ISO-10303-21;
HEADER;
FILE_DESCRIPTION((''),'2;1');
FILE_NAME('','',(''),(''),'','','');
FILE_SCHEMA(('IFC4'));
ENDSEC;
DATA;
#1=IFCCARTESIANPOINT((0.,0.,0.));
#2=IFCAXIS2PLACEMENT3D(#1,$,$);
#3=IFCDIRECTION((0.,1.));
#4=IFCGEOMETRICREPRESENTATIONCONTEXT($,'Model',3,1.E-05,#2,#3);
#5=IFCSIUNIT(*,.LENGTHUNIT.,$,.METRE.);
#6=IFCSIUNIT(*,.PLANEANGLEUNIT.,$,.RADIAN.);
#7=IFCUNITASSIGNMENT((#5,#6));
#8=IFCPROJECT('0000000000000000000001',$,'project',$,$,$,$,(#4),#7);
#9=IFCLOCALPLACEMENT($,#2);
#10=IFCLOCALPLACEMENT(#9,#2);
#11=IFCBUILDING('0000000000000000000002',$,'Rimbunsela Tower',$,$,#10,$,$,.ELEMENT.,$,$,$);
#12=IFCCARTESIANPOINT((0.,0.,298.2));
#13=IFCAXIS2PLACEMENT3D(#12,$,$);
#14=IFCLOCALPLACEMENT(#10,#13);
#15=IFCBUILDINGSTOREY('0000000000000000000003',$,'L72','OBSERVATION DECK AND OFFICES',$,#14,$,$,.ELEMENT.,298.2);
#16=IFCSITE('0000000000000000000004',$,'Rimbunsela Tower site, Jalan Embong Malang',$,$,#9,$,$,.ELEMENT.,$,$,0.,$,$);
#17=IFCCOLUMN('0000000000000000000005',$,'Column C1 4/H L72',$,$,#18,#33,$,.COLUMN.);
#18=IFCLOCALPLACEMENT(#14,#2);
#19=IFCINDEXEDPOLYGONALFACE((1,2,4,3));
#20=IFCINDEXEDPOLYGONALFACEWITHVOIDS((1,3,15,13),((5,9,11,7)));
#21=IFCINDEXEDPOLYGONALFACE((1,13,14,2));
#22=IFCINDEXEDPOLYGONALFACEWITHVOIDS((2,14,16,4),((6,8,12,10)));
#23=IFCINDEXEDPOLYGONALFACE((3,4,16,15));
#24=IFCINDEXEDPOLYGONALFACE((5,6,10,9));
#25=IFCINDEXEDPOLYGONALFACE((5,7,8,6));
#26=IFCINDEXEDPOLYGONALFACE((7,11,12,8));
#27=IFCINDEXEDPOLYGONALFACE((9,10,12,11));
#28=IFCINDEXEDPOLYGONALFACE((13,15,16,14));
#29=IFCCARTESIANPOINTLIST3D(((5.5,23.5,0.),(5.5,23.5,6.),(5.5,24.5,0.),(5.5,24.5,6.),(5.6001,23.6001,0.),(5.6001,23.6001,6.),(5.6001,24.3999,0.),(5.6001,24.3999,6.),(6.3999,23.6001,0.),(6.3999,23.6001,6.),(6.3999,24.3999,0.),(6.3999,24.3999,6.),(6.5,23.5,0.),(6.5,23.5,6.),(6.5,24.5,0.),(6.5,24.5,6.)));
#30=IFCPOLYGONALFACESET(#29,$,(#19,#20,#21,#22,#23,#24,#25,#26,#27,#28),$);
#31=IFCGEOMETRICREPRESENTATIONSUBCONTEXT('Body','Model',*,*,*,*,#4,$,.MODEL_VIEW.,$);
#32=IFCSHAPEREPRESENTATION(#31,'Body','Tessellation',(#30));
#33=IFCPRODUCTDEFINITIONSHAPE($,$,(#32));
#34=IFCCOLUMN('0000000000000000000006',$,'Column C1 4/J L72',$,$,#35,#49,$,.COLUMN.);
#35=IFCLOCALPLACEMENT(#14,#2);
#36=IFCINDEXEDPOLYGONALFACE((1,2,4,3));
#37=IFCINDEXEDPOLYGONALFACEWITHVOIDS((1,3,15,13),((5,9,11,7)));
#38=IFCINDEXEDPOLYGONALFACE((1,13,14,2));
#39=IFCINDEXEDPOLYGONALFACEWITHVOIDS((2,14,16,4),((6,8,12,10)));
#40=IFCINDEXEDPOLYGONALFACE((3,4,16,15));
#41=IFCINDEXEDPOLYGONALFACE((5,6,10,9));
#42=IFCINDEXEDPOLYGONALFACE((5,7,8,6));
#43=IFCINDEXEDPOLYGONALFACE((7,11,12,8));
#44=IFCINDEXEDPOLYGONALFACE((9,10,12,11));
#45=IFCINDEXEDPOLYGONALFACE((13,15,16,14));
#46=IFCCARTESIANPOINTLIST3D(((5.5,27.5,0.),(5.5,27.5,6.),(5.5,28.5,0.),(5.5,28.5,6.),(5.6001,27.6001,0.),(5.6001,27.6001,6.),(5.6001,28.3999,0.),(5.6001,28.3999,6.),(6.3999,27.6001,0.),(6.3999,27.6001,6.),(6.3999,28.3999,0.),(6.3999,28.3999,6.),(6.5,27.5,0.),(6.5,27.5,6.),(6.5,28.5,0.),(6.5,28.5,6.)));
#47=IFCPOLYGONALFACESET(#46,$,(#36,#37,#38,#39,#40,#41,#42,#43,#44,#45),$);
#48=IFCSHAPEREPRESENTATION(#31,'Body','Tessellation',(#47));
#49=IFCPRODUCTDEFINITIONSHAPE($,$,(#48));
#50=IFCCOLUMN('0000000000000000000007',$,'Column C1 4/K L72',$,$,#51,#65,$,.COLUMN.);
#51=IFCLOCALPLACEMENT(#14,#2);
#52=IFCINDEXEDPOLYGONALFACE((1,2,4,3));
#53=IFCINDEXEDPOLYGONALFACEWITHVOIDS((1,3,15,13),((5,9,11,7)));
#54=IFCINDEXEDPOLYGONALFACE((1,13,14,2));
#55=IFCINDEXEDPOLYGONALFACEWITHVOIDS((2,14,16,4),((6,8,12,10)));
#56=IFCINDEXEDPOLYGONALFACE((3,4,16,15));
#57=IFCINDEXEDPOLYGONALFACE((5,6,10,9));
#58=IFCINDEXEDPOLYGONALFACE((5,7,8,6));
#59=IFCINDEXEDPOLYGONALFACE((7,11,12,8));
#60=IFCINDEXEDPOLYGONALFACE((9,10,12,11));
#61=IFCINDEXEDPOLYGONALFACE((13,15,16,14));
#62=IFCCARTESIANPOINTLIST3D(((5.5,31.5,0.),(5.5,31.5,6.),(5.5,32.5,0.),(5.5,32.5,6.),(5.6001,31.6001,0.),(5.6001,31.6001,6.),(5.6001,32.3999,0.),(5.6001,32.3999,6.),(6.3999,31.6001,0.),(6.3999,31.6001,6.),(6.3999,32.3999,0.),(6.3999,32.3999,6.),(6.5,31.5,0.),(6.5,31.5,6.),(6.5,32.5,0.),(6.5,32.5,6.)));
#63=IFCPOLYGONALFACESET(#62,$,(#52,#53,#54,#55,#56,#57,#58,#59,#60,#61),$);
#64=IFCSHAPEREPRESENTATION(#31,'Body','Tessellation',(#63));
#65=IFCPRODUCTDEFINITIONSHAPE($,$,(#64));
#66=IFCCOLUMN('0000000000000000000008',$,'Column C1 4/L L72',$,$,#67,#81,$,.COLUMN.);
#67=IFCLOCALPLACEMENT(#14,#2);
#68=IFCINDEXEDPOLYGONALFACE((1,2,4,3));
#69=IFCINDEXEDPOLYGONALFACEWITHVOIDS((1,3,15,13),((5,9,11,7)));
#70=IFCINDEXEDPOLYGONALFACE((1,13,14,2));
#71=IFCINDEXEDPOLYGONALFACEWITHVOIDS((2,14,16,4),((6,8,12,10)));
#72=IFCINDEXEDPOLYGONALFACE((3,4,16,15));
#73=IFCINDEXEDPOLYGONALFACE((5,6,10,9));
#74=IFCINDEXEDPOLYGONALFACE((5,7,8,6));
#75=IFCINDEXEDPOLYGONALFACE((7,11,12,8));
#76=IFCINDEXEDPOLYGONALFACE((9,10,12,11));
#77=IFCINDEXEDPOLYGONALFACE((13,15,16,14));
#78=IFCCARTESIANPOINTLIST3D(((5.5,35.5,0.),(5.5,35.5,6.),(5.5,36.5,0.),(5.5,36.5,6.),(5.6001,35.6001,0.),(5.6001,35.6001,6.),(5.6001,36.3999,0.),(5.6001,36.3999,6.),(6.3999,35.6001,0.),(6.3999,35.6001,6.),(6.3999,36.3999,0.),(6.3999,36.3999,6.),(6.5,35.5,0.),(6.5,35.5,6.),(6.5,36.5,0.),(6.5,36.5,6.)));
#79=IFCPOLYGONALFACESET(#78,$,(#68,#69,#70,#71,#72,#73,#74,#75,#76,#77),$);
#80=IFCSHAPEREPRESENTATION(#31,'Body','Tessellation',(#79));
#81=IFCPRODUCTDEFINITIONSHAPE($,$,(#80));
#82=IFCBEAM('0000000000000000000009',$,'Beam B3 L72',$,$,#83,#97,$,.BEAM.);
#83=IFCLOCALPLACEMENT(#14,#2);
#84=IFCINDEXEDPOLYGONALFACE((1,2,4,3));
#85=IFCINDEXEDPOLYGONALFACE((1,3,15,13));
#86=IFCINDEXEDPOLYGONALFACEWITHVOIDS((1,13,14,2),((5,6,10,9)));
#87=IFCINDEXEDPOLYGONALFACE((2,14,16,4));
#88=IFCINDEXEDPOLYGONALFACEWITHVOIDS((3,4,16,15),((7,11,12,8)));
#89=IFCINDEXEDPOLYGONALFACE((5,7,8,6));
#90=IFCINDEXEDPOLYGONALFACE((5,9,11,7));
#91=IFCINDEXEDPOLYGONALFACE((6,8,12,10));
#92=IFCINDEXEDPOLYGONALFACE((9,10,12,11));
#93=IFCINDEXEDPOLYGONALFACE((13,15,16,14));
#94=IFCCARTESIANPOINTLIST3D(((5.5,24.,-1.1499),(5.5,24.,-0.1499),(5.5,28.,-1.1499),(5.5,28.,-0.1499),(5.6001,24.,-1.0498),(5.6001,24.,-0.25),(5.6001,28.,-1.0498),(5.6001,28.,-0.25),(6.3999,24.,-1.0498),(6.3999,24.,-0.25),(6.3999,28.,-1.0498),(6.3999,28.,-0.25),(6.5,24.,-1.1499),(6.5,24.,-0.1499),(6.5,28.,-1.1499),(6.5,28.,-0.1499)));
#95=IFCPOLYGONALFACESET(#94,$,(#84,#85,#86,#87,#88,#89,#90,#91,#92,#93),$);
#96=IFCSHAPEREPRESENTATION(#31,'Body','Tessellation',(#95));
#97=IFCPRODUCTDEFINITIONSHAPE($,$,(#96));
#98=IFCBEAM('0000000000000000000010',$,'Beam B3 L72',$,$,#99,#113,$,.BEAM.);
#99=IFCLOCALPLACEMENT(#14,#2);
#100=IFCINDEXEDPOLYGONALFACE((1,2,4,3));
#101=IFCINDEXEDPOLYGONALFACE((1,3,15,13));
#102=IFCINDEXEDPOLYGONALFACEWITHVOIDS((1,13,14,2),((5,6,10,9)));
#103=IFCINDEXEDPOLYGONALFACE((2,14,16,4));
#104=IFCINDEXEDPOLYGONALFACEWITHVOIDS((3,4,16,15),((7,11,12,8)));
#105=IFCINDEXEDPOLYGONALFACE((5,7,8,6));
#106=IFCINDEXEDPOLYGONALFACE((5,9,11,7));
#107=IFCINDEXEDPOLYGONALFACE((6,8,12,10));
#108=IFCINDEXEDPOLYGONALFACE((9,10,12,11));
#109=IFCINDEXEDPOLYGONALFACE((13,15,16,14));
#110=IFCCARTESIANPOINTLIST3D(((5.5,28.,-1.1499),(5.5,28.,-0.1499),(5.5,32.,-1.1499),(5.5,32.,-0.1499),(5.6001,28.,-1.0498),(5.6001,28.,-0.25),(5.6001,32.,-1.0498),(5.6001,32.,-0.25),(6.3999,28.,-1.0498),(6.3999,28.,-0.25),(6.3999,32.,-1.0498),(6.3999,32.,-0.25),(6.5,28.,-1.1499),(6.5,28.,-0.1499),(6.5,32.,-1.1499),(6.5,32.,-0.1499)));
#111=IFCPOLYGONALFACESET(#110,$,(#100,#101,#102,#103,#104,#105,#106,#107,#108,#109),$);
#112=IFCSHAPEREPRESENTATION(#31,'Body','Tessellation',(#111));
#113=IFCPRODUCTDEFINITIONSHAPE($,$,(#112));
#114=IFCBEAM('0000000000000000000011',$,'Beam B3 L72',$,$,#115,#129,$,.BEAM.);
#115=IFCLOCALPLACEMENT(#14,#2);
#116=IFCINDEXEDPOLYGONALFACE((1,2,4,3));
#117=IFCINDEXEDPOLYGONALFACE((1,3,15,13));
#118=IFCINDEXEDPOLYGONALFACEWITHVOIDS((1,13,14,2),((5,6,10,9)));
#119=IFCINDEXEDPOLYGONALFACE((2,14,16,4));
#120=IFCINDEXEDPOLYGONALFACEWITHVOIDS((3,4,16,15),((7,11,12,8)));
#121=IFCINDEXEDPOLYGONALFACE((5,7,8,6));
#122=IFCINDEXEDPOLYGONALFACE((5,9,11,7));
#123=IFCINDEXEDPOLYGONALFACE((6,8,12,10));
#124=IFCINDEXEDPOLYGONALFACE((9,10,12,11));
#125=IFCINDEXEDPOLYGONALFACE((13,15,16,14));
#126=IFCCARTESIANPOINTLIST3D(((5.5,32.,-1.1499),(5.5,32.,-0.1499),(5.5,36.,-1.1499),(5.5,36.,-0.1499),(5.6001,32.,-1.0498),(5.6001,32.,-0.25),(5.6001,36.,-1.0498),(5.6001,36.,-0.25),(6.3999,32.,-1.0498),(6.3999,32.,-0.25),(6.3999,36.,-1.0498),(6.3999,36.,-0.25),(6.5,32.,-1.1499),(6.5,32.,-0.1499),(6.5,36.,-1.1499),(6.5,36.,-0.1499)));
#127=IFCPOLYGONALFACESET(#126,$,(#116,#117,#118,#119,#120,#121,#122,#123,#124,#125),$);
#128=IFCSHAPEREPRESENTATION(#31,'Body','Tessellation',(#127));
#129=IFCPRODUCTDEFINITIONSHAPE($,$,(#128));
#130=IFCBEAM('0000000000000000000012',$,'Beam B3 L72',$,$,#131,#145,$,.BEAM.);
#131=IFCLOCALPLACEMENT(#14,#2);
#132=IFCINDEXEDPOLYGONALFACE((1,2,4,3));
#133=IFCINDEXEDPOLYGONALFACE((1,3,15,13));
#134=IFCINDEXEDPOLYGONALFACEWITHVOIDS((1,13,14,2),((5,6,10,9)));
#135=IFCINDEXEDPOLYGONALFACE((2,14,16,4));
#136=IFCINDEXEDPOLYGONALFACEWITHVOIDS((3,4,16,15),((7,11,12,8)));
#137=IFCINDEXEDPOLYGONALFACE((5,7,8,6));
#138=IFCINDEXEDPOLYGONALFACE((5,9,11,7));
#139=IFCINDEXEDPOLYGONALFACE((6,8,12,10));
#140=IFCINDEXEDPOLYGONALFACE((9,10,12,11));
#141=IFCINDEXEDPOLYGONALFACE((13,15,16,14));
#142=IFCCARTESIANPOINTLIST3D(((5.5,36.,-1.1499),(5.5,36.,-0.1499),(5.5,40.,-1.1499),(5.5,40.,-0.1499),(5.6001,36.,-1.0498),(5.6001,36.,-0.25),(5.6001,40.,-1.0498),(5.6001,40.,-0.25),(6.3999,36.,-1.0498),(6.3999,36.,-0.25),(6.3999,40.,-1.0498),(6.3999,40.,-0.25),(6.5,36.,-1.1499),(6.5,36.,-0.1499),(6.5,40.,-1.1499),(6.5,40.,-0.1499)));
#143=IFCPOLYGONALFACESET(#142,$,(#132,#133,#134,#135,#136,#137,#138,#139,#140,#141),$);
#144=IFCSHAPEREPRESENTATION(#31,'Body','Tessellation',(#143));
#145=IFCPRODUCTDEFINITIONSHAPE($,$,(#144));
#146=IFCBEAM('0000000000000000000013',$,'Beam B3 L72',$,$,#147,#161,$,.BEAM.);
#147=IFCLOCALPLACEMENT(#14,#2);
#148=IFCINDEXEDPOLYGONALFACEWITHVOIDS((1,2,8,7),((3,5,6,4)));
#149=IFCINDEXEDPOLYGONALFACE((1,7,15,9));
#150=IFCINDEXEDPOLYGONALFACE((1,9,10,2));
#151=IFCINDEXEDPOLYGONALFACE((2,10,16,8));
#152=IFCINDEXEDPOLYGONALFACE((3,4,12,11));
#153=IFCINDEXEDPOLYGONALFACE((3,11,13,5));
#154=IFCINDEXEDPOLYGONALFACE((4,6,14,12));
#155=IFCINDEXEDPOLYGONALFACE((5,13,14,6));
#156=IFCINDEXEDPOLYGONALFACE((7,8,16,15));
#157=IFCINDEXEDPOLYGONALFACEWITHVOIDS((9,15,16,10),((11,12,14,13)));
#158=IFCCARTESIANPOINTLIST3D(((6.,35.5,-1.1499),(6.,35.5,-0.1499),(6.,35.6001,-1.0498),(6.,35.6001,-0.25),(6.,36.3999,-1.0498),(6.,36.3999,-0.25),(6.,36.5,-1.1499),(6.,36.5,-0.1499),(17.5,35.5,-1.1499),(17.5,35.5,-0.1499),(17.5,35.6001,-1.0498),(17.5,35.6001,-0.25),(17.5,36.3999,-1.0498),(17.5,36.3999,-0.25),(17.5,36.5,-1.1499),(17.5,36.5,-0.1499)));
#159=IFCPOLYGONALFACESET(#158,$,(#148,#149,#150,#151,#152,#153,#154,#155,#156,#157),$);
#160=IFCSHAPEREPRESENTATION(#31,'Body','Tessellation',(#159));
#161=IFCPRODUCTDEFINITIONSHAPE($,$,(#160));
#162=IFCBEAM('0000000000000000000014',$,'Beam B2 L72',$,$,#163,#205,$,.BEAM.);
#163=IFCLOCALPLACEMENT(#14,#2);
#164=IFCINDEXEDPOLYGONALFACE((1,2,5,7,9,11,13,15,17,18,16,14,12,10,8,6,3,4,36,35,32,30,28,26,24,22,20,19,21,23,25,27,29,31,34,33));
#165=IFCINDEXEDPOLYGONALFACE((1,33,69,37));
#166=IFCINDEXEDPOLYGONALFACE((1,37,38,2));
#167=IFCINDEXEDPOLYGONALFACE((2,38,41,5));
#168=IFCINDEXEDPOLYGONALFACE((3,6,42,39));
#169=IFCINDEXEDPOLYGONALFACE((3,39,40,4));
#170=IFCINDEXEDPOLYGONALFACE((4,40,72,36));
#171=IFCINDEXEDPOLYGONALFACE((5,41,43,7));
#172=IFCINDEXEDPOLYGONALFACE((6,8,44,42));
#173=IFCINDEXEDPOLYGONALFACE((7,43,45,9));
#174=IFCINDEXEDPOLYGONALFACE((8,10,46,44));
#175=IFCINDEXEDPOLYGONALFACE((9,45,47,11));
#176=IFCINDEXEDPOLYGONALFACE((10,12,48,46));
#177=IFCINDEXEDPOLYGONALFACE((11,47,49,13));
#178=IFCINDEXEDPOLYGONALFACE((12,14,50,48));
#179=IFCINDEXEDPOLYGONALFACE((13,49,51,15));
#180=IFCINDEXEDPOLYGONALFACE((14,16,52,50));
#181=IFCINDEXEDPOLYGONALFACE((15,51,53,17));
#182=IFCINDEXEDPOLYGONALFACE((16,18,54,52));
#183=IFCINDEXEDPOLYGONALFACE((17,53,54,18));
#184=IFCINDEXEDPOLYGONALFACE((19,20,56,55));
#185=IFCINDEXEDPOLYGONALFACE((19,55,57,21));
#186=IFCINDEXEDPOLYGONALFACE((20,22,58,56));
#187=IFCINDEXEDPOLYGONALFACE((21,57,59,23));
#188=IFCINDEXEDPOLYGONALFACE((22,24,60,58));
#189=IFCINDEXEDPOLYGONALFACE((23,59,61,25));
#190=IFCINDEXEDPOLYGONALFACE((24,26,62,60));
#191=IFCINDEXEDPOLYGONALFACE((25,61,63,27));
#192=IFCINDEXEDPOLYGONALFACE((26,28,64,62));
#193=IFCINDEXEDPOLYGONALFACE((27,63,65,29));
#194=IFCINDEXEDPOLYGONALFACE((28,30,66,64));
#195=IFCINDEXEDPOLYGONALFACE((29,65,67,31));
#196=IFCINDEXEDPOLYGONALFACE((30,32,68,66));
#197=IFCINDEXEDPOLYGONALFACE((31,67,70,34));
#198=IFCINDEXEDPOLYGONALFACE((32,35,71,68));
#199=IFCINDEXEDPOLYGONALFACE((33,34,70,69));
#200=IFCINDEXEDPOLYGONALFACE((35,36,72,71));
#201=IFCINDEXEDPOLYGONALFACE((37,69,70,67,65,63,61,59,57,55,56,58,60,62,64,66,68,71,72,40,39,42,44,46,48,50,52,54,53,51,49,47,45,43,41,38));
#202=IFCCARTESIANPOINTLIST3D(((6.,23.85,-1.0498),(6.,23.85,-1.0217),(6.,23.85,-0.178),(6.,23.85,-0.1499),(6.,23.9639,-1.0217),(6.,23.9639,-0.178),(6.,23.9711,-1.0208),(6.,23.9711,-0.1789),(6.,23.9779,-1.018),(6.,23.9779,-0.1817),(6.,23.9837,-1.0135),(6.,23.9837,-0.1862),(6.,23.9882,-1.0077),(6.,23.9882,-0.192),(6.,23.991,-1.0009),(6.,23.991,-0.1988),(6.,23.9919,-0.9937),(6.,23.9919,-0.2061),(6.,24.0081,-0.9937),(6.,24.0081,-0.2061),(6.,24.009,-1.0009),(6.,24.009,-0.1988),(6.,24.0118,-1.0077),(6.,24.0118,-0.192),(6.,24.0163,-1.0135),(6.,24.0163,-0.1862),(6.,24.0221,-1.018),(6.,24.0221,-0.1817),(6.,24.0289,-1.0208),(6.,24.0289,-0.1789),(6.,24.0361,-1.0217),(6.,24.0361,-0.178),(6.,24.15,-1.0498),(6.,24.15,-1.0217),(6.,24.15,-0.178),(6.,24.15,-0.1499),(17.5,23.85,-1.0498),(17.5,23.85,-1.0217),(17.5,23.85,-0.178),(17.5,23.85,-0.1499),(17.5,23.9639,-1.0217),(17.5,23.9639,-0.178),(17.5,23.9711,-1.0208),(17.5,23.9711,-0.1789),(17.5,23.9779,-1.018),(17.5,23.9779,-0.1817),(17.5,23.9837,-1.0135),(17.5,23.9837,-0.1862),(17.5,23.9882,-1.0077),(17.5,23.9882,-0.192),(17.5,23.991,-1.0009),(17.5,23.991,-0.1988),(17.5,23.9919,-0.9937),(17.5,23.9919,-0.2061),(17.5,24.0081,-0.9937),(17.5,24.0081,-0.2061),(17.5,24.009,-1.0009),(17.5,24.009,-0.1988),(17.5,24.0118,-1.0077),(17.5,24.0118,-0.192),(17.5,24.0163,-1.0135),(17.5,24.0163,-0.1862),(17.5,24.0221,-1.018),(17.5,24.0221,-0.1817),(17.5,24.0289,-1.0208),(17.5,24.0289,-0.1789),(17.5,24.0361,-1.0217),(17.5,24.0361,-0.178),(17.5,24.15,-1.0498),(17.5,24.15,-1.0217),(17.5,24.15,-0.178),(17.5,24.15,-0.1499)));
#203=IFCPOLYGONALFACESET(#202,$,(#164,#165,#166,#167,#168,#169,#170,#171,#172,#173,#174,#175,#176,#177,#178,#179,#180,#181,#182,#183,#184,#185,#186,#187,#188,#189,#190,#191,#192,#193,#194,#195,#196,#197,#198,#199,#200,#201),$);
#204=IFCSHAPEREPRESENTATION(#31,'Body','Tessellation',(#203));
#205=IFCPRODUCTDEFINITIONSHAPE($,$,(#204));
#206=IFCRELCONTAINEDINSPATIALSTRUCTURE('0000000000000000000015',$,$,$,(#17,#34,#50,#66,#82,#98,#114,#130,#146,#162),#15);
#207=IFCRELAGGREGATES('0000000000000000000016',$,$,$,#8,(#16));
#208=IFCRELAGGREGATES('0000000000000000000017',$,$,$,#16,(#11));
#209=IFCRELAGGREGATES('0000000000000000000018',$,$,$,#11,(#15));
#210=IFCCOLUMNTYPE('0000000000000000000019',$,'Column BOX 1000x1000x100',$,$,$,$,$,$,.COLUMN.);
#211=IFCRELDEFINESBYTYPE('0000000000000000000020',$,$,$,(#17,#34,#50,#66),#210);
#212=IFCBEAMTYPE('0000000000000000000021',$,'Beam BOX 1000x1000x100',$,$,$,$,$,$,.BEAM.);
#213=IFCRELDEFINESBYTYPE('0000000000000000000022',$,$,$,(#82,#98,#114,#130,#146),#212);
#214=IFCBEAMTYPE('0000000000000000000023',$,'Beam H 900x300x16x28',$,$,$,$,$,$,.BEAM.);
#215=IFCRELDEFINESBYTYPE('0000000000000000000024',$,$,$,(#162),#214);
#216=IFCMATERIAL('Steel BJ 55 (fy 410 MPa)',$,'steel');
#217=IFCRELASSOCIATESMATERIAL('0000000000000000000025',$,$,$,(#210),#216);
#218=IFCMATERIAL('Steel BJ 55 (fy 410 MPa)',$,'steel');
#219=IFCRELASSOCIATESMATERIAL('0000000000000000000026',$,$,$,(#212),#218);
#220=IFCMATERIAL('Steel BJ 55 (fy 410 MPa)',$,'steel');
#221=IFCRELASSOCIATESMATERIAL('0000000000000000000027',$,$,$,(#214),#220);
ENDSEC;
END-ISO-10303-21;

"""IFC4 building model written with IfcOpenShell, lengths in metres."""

from ifc_helpers import new_model, si_unit, direction, frame, origin, origin_2d, place, context, subcontext, project, spatial, hollow_rectangle, i_section, extrude, material, material_profile, profile_set, type_object, element, save


model = new_model("IFC4")

# Units and contexts
model_context = context("Model", 3, precision=1e-05, world=origin(), true_north=direction((0.0, 1.0)))
body_context = subcontext(model_context, "Body", "Model", "MODEL_VIEW")
ifc_project = project(units=[si_unit("LENGTHUNIT", "METRE"), si_unit("PLANEANGLEUNIT", "RADIAN")], contexts=[model_context])

# Site, building, storey
site_placement = place(None, origin())
site = spatial("IfcSite", under=ifc_project, at=site_placement, Name="Rimbunsela Tower site, Jalan Embong Malang", CompositionType="ELEMENT", RefElevation=0.0)
building_placement = place(site_placement, origin())
building = spatial("IfcBuilding", under=site, at=building_placement, Name="Rimbunsela Tower", CompositionType="ELEMENT")
storey_placement = place(building_placement, frame((0.0, 0.0, 298.2)))
storey = spatial("IfcBuildingStorey", under=building, at=storey_placement, Name="L72", Description="OBSERVATION DECK AND OFFICES", CompositionType="ELEMENT", Elevation=298.2)

# Columns
ifc_material_1 = material(Name="Steel BJ 55 (fy 410 MPa)", Category="steel")
ifc_material_profile_1 = material_profile(ifc_material_1, hollow_rectangle(XDim=1.0, YDim=1.0, WallThickness=0.1001, at=origin_2d()), Name="BOX 1000x1000x100")
ifc_profile_set_1 = profile_set([ifc_material_profile_1], Name="Steel BJ 55 (fy 410 MPa)")
column_type = type_object("IfcColumnType", Name="Column BOX 1000x1000x100", PredefinedType="COLUMN", material=ifc_profile_set_1)
for number, where, z_axis, x_axis, name in (
    (1, (6.0, 24.0, 0.0), (0.0, 0.0, 1.0), (1.0, 0.0, 0.0), "Column C1 4/H L72"),
    (2, (6.0, 28.0, 0.0), (0.0, 0.0, 1.0), (1.0, 0.0, 0.0), "Column C1 4/J L72"),
    (3, (6.0, 32.0, 0.0), (0.0, 0.0, 1.0), (1.0, 0.0, 0.0), "Column C1 4/K L72"),
    (4, (6.0, 36.0, 0.0), (0.0, 0.0, 1.0), (1.0, 0.0, 0.0), "Column C1 4/L L72"),
):
    element("IfcColumn", number, at=place(storey_placement, frame(where, z_axis=z_axis, x_axis=x_axis)), inside=storey, type_object=column_type, Name=name, PredefinedType="COLUMN", context=body_context, shape_type="SweptSolid", body=[
        extrude(hollow_rectangle(XDim=1.0, YDim=1.0, WallThickness=0.1001, at=origin_2d()), origin(), (0.0, 0.0, 1.0), 6.0),
    ])

# Beams
ifc_material_2 = material(Name="Steel BJ 55 (fy 410 MPa)", Category="steel")
ifc_material_profile_2 = material_profile(ifc_material_2, hollow_rectangle(XDim=1.0, YDim=1.0, WallThickness=0.1001, at=origin_2d()), Name="BOX 1000x1000x100")
ifc_profile_set_2 = profile_set([ifc_material_profile_2], Name="Steel BJ 55 (fy 410 MPa)")
beam_type_1 = type_object("IfcBeamType", Name="Beam BOX 1000x1000x100", PredefinedType="BEAM", material=ifc_profile_set_2)
for number, where, z_axis, x_axis, name in (
    (5, (6.0, 24.0, -0.6499), (0.0, 1.0, 0.0), (-1.0, 0.0, 0.0), "Beam B3 L72"),
    (6, (6.0, 28.0, -0.6499), (0.0, 1.0, 0.0), (-1.0, 0.0, 0.0), "Beam B3 L72"),
    (7, (6.0, 32.0, -0.6499), (0.0, 1.0, 0.0), (-1.0, 0.0, 0.0), "Beam B3 L72"),
    (8, (6.0, 36.0, -0.6499), (0.0, 1.0, 0.0), (-1.0, 0.0, 0.0), "Beam B3 L72"),
):
    element("IfcBeam", number, at=place(storey_placement, frame(where, z_axis=z_axis, x_axis=x_axis)), inside=storey, type_object=beam_type_1, Name=name, PredefinedType="BEAM", context=body_context, shape_type="SweptSolid", body=[
        extrude(hollow_rectangle(XDim=1.0, YDim=1.0, WallThickness=0.1001, at=origin_2d()), origin(), (0.0, 0.0, 1.0), 4.0),
    ])
beam_placement = place(storey_placement, frame((6.0, 36.0, -0.6499), z_axis=(1.0, 0.0, 0.0), x_axis=(0.0, 1.0, 0.0)))
element("IfcBeam", 9, at=beam_placement, inside=storey, type_object=beam_type_1, Name="Beam B3 L72", PredefinedType="BEAM", context=body_context, shape_type="SweptSolid", body=[
    extrude(hollow_rectangle(XDim=1.0, YDim=1.0, WallThickness=0.1001, at=origin_2d()), origin(), (0.0, 0.0, 1.0), 11.5),
])
ifc_material_3 = material(Name="Steel BJ 55 (fy 410 MPa)", Category="steel")
ifc_material_profile_3 = material_profile(ifc_material_3, i_section(OverallWidth=0.3, OverallDepth=0.8999, WebThickness=0.0161, FlangeThickness=0.0281, FilletRadius=0.0281, at=origin_2d()), Name="H 900x300x16x28")
ifc_profile_set_3 = profile_set([ifc_material_profile_3], Name="Steel BJ 55 (fy 410 MPa)")
beam_type_2 = type_object("IfcBeamType", Name="Beam H 900x300x16x28", PredefinedType="BEAM", material=ifc_profile_set_3)
for number, where, z_axis, x_axis, name in (
    (10, (6.0, 24.0, -0.5999), (1.0, 0.0, 0.0), (0.0, 1.0, 0.0), "Beam B2 L72"),
):
    element("IfcBeam", number, at=place(storey_placement, frame(where, z_axis=z_axis, x_axis=x_axis)), inside=storey, type_object=beam_type_2, Name=name, PredefinedType="BEAM", context=body_context, shape_type="SweptSolid", body=[
        extrude(i_section(OverallWidth=0.3, OverallDepth=0.8999, WebThickness=0.0161, FlangeThickness=0.0281, FilletRadius=0.0281, at=origin_2d()), origin(), (0.0, 0.0, 1.0), 11.5),
    ])

save(model, "model.ifc")
